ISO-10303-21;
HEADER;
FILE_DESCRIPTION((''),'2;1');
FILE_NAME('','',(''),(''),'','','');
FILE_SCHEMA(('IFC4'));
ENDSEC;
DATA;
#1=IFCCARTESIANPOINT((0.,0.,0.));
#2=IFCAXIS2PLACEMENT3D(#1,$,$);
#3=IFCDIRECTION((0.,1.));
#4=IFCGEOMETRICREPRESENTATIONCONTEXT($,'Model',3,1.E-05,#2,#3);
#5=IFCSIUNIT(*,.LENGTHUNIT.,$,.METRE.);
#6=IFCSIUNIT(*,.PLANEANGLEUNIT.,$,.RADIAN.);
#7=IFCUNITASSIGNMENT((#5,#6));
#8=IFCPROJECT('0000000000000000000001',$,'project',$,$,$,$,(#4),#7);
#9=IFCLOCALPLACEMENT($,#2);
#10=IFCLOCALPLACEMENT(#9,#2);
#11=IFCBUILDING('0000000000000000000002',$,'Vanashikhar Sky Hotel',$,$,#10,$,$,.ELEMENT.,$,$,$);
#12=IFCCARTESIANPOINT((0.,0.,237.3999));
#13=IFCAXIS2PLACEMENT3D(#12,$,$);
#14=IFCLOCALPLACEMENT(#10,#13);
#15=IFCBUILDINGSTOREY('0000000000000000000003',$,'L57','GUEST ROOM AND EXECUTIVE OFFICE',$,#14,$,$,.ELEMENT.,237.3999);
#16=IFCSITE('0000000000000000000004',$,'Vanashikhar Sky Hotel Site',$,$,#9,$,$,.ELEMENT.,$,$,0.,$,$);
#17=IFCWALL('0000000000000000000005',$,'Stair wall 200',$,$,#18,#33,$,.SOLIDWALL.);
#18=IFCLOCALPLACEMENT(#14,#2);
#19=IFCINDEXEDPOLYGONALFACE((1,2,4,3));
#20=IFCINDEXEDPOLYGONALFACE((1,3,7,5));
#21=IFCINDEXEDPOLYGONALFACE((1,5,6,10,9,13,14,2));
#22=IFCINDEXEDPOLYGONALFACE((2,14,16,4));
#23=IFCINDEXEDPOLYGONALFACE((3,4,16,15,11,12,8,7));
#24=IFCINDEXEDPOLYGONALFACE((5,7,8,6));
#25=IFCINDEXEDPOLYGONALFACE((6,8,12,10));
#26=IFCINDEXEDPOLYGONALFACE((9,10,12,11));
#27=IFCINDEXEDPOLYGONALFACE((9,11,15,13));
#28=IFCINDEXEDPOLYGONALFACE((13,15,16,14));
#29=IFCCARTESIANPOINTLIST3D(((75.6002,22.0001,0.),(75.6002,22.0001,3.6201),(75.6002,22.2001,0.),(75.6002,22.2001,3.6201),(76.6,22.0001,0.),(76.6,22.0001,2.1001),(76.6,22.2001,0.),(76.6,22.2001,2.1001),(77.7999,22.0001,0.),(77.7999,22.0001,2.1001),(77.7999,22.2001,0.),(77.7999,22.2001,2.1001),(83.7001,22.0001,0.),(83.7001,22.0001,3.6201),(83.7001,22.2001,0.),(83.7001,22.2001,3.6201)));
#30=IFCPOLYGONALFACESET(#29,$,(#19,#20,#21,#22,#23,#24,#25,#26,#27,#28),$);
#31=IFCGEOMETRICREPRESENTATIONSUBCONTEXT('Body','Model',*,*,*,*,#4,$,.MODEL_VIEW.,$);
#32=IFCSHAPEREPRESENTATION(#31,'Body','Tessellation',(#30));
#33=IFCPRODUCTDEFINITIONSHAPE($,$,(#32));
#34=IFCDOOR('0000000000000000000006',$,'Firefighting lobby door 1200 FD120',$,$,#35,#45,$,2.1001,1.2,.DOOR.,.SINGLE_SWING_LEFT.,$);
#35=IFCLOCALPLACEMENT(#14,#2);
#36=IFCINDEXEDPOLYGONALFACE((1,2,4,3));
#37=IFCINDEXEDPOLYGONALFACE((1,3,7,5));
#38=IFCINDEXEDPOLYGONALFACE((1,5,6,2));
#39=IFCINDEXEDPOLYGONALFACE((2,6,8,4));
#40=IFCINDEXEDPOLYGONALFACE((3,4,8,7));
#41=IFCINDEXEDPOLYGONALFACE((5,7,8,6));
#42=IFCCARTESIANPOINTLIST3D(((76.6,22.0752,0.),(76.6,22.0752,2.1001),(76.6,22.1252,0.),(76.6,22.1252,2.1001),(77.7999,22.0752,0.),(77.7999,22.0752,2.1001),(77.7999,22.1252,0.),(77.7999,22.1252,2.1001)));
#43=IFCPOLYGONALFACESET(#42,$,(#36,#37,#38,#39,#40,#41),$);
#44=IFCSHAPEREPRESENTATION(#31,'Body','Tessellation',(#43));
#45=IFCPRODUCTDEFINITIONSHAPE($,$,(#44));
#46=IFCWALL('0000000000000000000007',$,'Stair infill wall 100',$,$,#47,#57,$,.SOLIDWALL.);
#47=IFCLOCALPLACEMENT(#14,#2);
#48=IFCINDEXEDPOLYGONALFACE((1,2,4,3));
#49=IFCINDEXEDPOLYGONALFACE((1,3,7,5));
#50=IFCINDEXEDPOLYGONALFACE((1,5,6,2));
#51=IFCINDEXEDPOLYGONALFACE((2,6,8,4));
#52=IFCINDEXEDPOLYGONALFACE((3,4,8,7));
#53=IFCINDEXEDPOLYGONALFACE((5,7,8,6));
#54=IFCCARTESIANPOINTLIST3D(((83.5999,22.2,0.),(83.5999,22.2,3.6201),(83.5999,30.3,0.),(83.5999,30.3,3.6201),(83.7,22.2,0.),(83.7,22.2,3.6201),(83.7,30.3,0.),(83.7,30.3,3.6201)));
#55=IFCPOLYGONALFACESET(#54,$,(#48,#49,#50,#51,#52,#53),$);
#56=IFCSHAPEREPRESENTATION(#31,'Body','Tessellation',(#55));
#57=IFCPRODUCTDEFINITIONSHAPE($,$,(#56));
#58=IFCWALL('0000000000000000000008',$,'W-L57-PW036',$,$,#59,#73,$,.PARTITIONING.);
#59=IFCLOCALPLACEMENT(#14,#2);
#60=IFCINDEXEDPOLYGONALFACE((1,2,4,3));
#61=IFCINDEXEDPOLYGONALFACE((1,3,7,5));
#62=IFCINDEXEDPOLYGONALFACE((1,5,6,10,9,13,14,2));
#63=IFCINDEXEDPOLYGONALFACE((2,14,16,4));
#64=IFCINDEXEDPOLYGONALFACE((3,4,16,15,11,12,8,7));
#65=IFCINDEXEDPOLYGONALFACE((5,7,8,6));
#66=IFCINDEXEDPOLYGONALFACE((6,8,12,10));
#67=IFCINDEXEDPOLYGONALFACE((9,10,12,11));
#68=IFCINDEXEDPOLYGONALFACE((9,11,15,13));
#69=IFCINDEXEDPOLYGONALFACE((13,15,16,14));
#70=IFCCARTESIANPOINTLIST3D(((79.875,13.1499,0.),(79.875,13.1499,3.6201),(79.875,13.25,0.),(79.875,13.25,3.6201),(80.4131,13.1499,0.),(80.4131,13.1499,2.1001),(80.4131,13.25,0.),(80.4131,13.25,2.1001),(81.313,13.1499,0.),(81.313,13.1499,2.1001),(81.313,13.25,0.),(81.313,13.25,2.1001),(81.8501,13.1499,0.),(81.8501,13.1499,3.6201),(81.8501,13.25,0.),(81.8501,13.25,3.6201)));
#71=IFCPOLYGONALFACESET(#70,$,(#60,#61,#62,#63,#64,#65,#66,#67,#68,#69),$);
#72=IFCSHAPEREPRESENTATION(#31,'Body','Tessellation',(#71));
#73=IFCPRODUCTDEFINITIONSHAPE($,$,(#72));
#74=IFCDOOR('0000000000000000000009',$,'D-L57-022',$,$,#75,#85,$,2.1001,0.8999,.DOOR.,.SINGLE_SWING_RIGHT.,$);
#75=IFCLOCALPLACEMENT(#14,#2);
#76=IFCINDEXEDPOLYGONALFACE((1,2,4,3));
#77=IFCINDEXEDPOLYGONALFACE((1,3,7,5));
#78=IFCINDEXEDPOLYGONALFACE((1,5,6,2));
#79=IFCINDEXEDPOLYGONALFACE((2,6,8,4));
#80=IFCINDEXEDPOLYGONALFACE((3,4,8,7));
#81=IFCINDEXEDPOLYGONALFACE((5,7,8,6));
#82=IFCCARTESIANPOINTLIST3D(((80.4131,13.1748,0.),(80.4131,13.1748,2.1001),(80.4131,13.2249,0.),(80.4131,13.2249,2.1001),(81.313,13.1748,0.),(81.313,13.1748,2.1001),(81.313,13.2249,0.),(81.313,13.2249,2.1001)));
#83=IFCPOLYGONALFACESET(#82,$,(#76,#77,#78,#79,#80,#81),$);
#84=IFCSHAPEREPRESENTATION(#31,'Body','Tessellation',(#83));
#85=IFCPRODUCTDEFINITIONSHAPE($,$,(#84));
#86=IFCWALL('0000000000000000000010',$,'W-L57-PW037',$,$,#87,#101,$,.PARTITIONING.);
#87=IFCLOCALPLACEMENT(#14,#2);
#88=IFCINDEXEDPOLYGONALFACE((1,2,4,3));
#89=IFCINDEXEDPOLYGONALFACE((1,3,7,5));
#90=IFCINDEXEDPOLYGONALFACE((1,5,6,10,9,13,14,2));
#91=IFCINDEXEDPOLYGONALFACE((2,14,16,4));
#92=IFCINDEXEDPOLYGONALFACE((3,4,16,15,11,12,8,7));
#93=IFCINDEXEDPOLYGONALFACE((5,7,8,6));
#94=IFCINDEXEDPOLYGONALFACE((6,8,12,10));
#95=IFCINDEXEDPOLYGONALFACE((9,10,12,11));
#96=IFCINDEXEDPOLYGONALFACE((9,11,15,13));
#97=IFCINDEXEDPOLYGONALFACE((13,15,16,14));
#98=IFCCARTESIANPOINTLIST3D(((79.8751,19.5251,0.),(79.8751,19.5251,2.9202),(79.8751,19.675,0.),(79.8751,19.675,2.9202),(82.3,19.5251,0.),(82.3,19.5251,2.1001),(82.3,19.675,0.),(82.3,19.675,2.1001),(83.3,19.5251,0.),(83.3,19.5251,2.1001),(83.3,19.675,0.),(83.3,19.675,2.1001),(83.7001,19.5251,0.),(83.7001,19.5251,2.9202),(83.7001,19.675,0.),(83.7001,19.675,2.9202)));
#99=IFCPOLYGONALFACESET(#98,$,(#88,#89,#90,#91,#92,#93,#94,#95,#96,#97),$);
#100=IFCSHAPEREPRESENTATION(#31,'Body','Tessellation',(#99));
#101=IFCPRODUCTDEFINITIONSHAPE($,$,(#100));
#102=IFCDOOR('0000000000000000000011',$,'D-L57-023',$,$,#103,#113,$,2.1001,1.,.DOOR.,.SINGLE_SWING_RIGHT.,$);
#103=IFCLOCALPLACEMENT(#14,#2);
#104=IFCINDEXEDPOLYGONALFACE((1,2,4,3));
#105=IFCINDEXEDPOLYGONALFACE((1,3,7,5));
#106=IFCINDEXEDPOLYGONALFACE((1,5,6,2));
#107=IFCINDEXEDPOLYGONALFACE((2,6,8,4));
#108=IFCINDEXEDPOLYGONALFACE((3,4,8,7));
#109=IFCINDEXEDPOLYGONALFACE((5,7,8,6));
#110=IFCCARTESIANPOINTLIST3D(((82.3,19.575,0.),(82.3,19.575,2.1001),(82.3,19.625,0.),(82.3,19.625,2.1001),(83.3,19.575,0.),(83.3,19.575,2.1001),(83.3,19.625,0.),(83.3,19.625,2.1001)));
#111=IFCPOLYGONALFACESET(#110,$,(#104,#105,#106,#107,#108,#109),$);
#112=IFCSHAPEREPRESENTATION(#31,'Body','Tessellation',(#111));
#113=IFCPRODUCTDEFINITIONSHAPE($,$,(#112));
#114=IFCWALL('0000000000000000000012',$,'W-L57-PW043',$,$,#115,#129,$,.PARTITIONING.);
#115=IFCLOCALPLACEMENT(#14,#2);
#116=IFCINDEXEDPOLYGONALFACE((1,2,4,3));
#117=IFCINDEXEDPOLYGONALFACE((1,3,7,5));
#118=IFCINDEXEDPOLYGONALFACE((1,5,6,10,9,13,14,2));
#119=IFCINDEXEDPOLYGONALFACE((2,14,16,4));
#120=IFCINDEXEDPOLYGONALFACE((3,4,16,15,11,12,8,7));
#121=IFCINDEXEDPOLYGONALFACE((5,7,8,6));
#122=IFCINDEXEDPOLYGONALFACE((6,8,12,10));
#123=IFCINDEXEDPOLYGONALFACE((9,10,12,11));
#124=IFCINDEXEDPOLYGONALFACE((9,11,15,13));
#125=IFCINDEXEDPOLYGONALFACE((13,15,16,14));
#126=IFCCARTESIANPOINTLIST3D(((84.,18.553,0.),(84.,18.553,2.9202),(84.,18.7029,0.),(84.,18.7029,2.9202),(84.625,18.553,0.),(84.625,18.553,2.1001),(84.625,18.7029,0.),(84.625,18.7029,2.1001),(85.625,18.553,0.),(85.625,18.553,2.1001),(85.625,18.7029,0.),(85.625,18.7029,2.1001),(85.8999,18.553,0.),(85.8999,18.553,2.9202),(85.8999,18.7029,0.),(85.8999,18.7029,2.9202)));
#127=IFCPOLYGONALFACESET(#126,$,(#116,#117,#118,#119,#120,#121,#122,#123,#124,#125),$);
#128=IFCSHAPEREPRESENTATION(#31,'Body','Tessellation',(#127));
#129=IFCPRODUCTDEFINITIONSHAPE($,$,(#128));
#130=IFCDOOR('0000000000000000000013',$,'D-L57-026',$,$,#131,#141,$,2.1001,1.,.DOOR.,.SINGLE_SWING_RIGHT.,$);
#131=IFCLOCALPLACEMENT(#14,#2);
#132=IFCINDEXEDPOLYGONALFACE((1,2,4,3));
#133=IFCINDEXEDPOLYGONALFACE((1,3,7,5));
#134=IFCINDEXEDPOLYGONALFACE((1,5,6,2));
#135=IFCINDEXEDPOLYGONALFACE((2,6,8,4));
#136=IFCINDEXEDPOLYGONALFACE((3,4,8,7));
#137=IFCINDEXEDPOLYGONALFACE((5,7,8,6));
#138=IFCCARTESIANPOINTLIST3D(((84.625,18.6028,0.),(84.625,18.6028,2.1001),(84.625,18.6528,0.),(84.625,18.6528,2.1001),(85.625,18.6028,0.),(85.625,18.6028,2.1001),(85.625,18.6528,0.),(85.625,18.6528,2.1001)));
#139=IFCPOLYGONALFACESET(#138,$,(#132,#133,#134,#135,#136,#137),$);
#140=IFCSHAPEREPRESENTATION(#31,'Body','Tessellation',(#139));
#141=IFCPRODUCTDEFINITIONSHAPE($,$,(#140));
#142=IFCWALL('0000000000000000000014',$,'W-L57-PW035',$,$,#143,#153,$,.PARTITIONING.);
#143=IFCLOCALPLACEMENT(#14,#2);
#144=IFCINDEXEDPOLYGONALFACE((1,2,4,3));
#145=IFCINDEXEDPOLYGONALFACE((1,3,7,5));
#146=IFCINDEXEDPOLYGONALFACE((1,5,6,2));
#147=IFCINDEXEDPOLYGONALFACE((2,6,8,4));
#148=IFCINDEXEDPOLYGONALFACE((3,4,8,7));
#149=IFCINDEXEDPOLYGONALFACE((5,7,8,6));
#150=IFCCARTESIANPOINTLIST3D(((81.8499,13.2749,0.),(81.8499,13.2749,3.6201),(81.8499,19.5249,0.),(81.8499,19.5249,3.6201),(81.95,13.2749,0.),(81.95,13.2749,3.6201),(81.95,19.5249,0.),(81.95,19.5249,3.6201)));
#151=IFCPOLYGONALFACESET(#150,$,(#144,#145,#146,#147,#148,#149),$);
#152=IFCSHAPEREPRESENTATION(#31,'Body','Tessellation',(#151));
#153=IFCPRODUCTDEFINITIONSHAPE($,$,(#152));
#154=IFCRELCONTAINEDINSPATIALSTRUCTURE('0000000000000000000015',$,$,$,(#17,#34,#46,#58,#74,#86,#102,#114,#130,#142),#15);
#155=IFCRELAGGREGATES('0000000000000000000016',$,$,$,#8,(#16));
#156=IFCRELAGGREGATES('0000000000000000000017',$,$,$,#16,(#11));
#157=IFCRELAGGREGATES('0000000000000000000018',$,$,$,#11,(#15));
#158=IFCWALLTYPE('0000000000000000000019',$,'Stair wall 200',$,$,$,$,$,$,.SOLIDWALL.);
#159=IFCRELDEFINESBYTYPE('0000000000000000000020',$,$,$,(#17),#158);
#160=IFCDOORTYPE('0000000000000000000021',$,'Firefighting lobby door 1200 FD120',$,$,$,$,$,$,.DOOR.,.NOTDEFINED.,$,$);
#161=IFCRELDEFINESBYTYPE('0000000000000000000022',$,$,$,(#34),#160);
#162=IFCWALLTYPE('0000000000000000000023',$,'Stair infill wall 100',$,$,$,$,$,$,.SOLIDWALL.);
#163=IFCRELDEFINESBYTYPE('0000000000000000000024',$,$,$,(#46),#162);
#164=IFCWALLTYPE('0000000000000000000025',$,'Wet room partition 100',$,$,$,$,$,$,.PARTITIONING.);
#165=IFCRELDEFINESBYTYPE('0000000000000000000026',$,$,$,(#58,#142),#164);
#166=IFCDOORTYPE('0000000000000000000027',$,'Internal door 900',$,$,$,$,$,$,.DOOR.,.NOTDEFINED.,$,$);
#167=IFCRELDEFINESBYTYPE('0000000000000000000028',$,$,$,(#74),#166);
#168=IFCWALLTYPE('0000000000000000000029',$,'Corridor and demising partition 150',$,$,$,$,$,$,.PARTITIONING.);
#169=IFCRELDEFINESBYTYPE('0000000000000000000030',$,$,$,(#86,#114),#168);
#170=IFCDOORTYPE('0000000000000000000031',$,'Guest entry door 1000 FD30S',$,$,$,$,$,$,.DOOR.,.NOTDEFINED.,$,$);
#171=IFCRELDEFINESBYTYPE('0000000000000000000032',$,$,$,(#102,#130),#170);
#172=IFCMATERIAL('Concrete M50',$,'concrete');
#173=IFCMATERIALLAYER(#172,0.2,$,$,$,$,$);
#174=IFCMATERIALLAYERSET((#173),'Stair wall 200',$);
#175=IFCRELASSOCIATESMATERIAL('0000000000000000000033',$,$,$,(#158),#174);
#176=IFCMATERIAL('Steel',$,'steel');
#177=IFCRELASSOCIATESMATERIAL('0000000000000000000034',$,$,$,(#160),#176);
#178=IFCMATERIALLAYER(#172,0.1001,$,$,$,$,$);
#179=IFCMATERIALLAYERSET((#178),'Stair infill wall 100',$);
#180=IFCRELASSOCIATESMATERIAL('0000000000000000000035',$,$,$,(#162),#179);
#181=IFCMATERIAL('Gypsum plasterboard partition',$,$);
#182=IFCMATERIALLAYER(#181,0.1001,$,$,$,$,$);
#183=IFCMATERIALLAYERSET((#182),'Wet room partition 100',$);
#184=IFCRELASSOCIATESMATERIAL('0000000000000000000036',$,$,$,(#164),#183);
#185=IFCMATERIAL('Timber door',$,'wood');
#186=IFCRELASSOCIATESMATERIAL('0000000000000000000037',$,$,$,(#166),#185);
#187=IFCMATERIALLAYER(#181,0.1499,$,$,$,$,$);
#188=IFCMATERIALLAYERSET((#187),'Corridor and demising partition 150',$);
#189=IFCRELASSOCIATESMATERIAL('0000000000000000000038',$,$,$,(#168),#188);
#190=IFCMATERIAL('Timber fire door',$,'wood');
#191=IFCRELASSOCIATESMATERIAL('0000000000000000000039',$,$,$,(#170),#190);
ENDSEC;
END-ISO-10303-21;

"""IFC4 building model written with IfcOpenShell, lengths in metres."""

from ifc_helpers import new_model, si_unit, direction, frame, frame_2d, origin, place, context, subcontext, project, spatial, rectangle, extrude, source, transform, mapped, material, layer, layer_set, type_object, element, fill, save


model = new_model("IFC4")

# Units and contexts
model_context = context("Model", 3, precision=1e-05, world=origin(), true_north=direction((0.0, 1.0)))
body_context = subcontext(model_context, "Body", "Model", "MODEL_VIEW")
ifc_project = project(units=[si_unit("LENGTHUNIT", "METRE"), si_unit("PLANEANGLEUNIT", "RADIAN")], contexts=[model_context])

# Site, building, storey
site_placement = place(None, origin())
site = spatial("IfcSite", under=ifc_project, at=site_placement, Name="Vanashikhar Sky Hotel Site", CompositionType="ELEMENT", RefElevation=0.0)
building_placement = place(site_placement, origin())
building = spatial("IfcBuilding", under=site, at=building_placement, Name="Vanashikhar Sky Hotel", CompositionType="ELEMENT")
storey_placement = place(building_placement, frame((0.0, 0.0, 237.3999)))
storey = spatial("IfcBuildingStorey", under=building, at=storey_placement, Name="L57", Description="GUEST ROOM AND EXECUTIVE OFFICE", CompositionType="ELEMENT", Elevation=237.3999)

# Shared definitions
ifc_material_1 = material(Name="Concrete M50", Category="concrete")

# Wall, opening, door
ifc_layer_1 = layer(ifc_material_1, 0.2)
ifc_layer_set_1 = layer_set([ifc_layer_1], Name="Stair wall 200")
wall_type_1 = type_object("IfcWallType", Name="Stair wall 200", PredefinedType="SOLIDWALL", material=ifc_layer_set_1)
shared_shape_1 = source(origin(), body_context, "Body", "SweptSolid", [
    extrude(rectangle(XDim=8.0999, YDim=0.2, at=frame_2d((4.0498, 0.0))), origin(), (0.0, 0.0, 1.0), 3.6201),
])
wall_1_placement = place(storey_placement, frame((83.7, 22.1001, 0.0), z_axis=(0.0, 0.0, 1.0), x_axis=(-1.0, 0.0, 0.0)))
wall_1 = element("IfcWall", 1, at=wall_1_placement, inside=storey, type_object=wall_type_1, Name="Stair wall 200", PredefinedType="SOLIDWALL", context=body_context, shape_type="MappedRepresentation", body=[
    mapped(shared_shape_1, transform((0.0, 0.0, 0.0), scale=1.0)),
])
shared_shape_2 = source(origin(), body_context, "Body", "SweptSolid", [
    extrude(rectangle(XDim=1.2, YDim=2.1001, at=frame_2d((0.6001, 1.05))), frame((0.0, 0.1099, 0.0), z_axis=(0.0, -1.0, 0.0), x_axis=(1.0, 0.0, 0.0)), (0.0, 0.0, 1.0), 0.22),
])
opening_1_placement = place(wall_1_placement, frame((5.8999, 0.0, 0.0)))
opening_1 = element("IfcOpeningElement", 2, at=opening_1_placement, cuts=wall_1, PredefinedType="OPENING", context=body_context, shape_type="MappedRepresentation", body=[
    mapped(shared_shape_2, transform((0.0, 0.0, 0.0), scale=1.0)),
])
ifc_material_2 = material(Name="Steel", Category="steel")
door_type_1 = type_object("IfcDoorType", Name="Firefighting lobby door 1200 FD120", OperationType="NOTDEFINED", PredefinedType="DOOR", material=ifc_material_2)
shared_shape_3 = source(origin(), body_context, "Body", "SweptSolid", [
    extrude(rectangle(XDim=1.2, YDim=2.1001, at=frame_2d((0.6001, 1.05))), frame((0.0, 0.0249, 0.0), z_axis=(0.0, -1.0, 0.0), x_axis=(1.0, 0.0, 0.0)), (0.0, 0.0, 1.0), 0.05),
])
door_1_placement = place(opening_1_placement, origin())
door_1 = element("IfcDoor", 3, at=door_1_placement, inside=storey, type_object=door_type_1, Name="Firefighting lobby door 1200 FD120", OperationType="SINGLE_SWING_LEFT", OverallHeight=2.1001, OverallWidth=1.2, PredefinedType="DOOR", context=body_context, shape_type="MappedRepresentation", body=[
    mapped(shared_shape_3, transform((0.0, 0.0, 0.0), scale=1.0)),
])
fill(opening_1, door_1)

# Wall
ifc_layer_2 = layer(ifc_material_1, 0.1001)
ifc_layer_set_2 = layer_set([ifc_layer_2], Name="Stair infill wall 100")
wall_type_2 = type_object("IfcWallType", Name="Stair infill wall 100", PredefinedType="SOLIDWALL", material=ifc_layer_set_2)
shared_shape_4 = source(origin(), body_context, "Body", "SweptSolid", [
    extrude(rectangle(XDim=8.1001, YDim=0.1001, at=frame_2d((4.05, 0.0))), origin(), (0.0, 0.0, 1.0), 3.6201),
])
wall_2_placement = place(storey_placement, frame((83.6499, 22.2, 0.0), z_axis=(0.0, 0.0, 1.0), x_axis=(0.0, 1.0, 0.0)))
element("IfcWall", 4, at=wall_2_placement, inside=storey, type_object=wall_type_2, Name="Stair infill wall 100", PredefinedType="SOLIDWALL", context=body_context, shape_type="MappedRepresentation", body=[
    mapped(shared_shape_4, transform((0.0, 0.0, 0.0), scale=1.0)),
])

# Walls, openings, doors
ifc_material_3 = material(Name="Gypsum plasterboard partition")
ifc_layer_3 = layer(ifc_material_3, 0.1001)
ifc_layer_set_3 = layer_set([ifc_layer_3], Name="Wet room partition 100")
wall_type_3 = type_object("IfcWallType", Name="Wet room partition 100", PredefinedType="PARTITIONING", material=ifc_layer_set_3)
shared_shape_5 = source(origin(), body_context, "Body", "SweptSolid", [
    extrude(rectangle(XDim=1.9751, YDim=0.1001, at=frame_2d((0.9875, 0.0))), origin(), (0.0, 0.0, 1.0), 3.6201),
])
wall_3_placement = place(storey_placement, frame((79.875, 13.2, 0.0), z_axis=(0.0, 0.0, 1.0), x_axis=(1.0, 0.0, 0.0)))
wall_3 = element("IfcWall", 5, at=wall_3_placement, inside=storey, type_object=wall_type_3, Name="W-L57-PW036", PredefinedType="PARTITIONING", context=body_context, shape_type="MappedRepresentation", body=[
    mapped(shared_shape_5, transform((0.0, 0.0, 0.0), scale=1.0)),
])
shared_shape_6 = source(origin(), body_context, "Body", "SweptSolid", [
    extrude(rectangle(XDim=0.8999, YDim=2.1001, at=frame_2d((0.45, 1.05))), frame((0.0, 0.0601, 0.0), z_axis=(0.0, -1.0, 0.0), x_axis=(1.0, 0.0, 0.0)), (0.0, 0.0, 1.0), 0.1201),
])
opening_2_placement = place(wall_3_placement, frame((0.5381, 0.0, 0.0)))
opening_2 = element("IfcOpeningElement", 6, at=opening_2_placement, cuts=wall_3, PredefinedType="OPENING", context=body_context, shape_type="MappedRepresentation", body=[
    mapped(shared_shape_6, transform((0.0, 0.0, 0.0), scale=1.0)),
])
ifc_material_4 = material(Name="Timber door", Category="wood")
door_type_2 = type_object("IfcDoorType", Name="Internal door 900", OperationType="NOTDEFINED", PredefinedType="DOOR", material=ifc_material_4)
shared_shape_7 = source(origin(), body_context, "Body", "SweptSolid", [
    extrude(rectangle(XDim=0.8999, YDim=2.1001, at=frame_2d((0.45, 1.05))), frame((0.0, 0.0249, 0.0), z_axis=(0.0, -1.0, 0.0), x_axis=(1.0, 0.0, 0.0)), (0.0, 0.0, 1.0), 0.05),
])
door_2_placement = place(opening_2_placement, origin())
door_2 = element("IfcDoor", 7, at=door_2_placement, inside=storey, type_object=door_type_2, Name="D-L57-022", OperationType="SINGLE_SWING_RIGHT", OverallHeight=2.1001, OverallWidth=0.8999, PredefinedType="DOOR", context=body_context, shape_type="MappedRepresentation", body=[
    mapped(shared_shape_7, transform((0.0, 0.0, 0.0), scale=1.0)),
])
fill(opening_2, door_2)
ifc_layer_4 = layer(ifc_material_3, 0.1499)
ifc_layer_set_4 = layer_set([ifc_layer_4], Name="Corridor and demising partition 150")
wall_type_4 = type_object("IfcWallType", Name="Corridor and demising partition 150", PredefinedType="PARTITIONING", material=ifc_layer_set_4)
shared_shape_8 = source(origin(), body_context, "Body", "SweptSolid", [
    extrude(rectangle(XDim=3.825, YDim=0.1499, at=frame_2d((1.9126, 0.0))), origin(), (0.0, 0.0, 1.0), 2.9202),
])
wall_4_placement = place(storey_placement, frame((79.875, 19.6001, 0.0), z_axis=(0.0, 0.0, 1.0), x_axis=(1.0, 0.0, 0.0)))
wall_4 = element("IfcWall", 8, at=wall_4_placement, inside=storey, type_object=wall_type_4, Name="W-L57-PW037", PredefinedType="PARTITIONING", context=body_context, shape_type="MappedRepresentation", body=[
    mapped(shared_shape_8, transform((0.0, 0.0, 0.0), scale=1.0)),
])
shared_shape_9 = source(origin(), body_context, "Body", "SweptSolid", [
    extrude(rectangle(XDim=1.0, YDim=2.1001, at=frame_2d((0.5, 1.05))), frame((0.0, 0.085, 0.0), z_axis=(0.0, -1.0, 0.0), x_axis=(1.0, 0.0, 0.0)), (0.0, 0.0, 1.0), 0.1699),
])
opening_3_placement = place(wall_4_placement, frame((2.425, 0.0, 0.0)))
opening_3 = element("IfcOpeningElement", 9, at=opening_3_placement, cuts=wall_4, PredefinedType="OPENING", context=body_context, shape_type="MappedRepresentation", body=[
    mapped(shared_shape_9, transform((0.0, 0.0, 0.0), scale=1.0)),
])
ifc_material_5 = material(Name="Timber fire door", Category="wood")
door_type_3 = type_object("IfcDoorType", Name="Guest entry door 1000 FD30S", OperationType="NOTDEFINED", PredefinedType="DOOR", material=ifc_material_5)
shared_shape_10 = source(origin(), body_context, "Body", "SweptSolid", [
    extrude(rectangle(XDim=1.0, YDim=2.1001, at=frame_2d((0.5, 1.05))), frame((0.0, 0.0249, 0.0), z_axis=(0.0, -1.0, 0.0), x_axis=(1.0, 0.0, 0.0)), (0.0, 0.0, 1.0), 0.05),
])
door_3_placement = place(opening_3_placement, origin())
door_3 = element("IfcDoor", 10, at=door_3_placement, inside=storey, type_object=door_type_3, Name="D-L57-023", OperationType="SINGLE_SWING_RIGHT", OverallHeight=2.1001, OverallWidth=1.0, PredefinedType="DOOR", context=body_context, shape_type="MappedRepresentation", body=[
    mapped(shared_shape_10, transform((0.0, 0.0, 0.0), scale=1.0)),
])
fill(opening_3, door_3)
shared_shape_11 = source(origin(), body_context, "Body", "SweptSolid", [
    extrude(rectangle(XDim=1.8999, YDim=0.1499, at=frame_2d((0.95, 0.0))), origin(), (0.0, 0.0, 1.0), 2.9202),
])
wall_5_placement = place(storey_placement, frame((84.0, 18.6279, 0.0), z_axis=(0.0, 0.0, 1.0), x_axis=(1.0, 0.0, 0.0)))
wall_5 = element("IfcWall", 11, at=wall_5_placement, inside=storey, type_object=wall_type_4, Name="W-L57-PW043", PredefinedType="PARTITIONING", context=body_context, shape_type="MappedRepresentation", body=[
    mapped(shared_shape_11, transform((0.0, 0.0, 0.0), scale=1.0)),
])
opening_4_placement = place(wall_5_placement, frame((0.625, 0.0, 0.0)))
opening_4 = element("IfcOpeningElement", 12, at=opening_4_placement, cuts=wall_5, PredefinedType="OPENING", context=body_context, shape_type="MappedRepresentation", body=[
    mapped(shared_shape_9, transform((0.0, 0.0, 0.0), scale=1.0)),
])
door_4_placement = place(opening_4_placement, origin())
door_4 = element("IfcDoor", 13, at=door_4_placement, inside=storey, type_object=door_type_3, Name="D-L57-026", OperationType="SINGLE_SWING_RIGHT", OverallHeight=2.1001, OverallWidth=1.0, PredefinedType="DOOR", context=body_context, shape_type="MappedRepresentation", body=[
    mapped(shared_shape_10, transform((0.0, 0.0, 0.0), scale=1.0)),
])
fill(opening_4, door_4)

# Wall
shared_shape_12 = source(origin(), body_context, "Body", "SweptSolid", [
    extrude(rectangle(XDim=6.25, YDim=0.1001, at=frame_2d((3.125, 0.0))), origin(), (0.0, 0.0, 1.0), 3.6201),
])
wall_6_placement = place(storey_placement, frame((81.8999, 13.2749, 0.0), z_axis=(0.0, 0.0, 1.0), x_axis=(0.0, 1.0, 0.0)))
element("IfcWall", 14, at=wall_6_placement, inside=storey, type_object=wall_type_3, Name="W-L57-PW035", PredefinedType="PARTITIONING", context=body_context, shape_type="MappedRepresentation", body=[
    mapped(shared_shape_12, transform((0.0, 0.0, 0.0), scale=1.0)),
])

save(model, "model.ifc")
